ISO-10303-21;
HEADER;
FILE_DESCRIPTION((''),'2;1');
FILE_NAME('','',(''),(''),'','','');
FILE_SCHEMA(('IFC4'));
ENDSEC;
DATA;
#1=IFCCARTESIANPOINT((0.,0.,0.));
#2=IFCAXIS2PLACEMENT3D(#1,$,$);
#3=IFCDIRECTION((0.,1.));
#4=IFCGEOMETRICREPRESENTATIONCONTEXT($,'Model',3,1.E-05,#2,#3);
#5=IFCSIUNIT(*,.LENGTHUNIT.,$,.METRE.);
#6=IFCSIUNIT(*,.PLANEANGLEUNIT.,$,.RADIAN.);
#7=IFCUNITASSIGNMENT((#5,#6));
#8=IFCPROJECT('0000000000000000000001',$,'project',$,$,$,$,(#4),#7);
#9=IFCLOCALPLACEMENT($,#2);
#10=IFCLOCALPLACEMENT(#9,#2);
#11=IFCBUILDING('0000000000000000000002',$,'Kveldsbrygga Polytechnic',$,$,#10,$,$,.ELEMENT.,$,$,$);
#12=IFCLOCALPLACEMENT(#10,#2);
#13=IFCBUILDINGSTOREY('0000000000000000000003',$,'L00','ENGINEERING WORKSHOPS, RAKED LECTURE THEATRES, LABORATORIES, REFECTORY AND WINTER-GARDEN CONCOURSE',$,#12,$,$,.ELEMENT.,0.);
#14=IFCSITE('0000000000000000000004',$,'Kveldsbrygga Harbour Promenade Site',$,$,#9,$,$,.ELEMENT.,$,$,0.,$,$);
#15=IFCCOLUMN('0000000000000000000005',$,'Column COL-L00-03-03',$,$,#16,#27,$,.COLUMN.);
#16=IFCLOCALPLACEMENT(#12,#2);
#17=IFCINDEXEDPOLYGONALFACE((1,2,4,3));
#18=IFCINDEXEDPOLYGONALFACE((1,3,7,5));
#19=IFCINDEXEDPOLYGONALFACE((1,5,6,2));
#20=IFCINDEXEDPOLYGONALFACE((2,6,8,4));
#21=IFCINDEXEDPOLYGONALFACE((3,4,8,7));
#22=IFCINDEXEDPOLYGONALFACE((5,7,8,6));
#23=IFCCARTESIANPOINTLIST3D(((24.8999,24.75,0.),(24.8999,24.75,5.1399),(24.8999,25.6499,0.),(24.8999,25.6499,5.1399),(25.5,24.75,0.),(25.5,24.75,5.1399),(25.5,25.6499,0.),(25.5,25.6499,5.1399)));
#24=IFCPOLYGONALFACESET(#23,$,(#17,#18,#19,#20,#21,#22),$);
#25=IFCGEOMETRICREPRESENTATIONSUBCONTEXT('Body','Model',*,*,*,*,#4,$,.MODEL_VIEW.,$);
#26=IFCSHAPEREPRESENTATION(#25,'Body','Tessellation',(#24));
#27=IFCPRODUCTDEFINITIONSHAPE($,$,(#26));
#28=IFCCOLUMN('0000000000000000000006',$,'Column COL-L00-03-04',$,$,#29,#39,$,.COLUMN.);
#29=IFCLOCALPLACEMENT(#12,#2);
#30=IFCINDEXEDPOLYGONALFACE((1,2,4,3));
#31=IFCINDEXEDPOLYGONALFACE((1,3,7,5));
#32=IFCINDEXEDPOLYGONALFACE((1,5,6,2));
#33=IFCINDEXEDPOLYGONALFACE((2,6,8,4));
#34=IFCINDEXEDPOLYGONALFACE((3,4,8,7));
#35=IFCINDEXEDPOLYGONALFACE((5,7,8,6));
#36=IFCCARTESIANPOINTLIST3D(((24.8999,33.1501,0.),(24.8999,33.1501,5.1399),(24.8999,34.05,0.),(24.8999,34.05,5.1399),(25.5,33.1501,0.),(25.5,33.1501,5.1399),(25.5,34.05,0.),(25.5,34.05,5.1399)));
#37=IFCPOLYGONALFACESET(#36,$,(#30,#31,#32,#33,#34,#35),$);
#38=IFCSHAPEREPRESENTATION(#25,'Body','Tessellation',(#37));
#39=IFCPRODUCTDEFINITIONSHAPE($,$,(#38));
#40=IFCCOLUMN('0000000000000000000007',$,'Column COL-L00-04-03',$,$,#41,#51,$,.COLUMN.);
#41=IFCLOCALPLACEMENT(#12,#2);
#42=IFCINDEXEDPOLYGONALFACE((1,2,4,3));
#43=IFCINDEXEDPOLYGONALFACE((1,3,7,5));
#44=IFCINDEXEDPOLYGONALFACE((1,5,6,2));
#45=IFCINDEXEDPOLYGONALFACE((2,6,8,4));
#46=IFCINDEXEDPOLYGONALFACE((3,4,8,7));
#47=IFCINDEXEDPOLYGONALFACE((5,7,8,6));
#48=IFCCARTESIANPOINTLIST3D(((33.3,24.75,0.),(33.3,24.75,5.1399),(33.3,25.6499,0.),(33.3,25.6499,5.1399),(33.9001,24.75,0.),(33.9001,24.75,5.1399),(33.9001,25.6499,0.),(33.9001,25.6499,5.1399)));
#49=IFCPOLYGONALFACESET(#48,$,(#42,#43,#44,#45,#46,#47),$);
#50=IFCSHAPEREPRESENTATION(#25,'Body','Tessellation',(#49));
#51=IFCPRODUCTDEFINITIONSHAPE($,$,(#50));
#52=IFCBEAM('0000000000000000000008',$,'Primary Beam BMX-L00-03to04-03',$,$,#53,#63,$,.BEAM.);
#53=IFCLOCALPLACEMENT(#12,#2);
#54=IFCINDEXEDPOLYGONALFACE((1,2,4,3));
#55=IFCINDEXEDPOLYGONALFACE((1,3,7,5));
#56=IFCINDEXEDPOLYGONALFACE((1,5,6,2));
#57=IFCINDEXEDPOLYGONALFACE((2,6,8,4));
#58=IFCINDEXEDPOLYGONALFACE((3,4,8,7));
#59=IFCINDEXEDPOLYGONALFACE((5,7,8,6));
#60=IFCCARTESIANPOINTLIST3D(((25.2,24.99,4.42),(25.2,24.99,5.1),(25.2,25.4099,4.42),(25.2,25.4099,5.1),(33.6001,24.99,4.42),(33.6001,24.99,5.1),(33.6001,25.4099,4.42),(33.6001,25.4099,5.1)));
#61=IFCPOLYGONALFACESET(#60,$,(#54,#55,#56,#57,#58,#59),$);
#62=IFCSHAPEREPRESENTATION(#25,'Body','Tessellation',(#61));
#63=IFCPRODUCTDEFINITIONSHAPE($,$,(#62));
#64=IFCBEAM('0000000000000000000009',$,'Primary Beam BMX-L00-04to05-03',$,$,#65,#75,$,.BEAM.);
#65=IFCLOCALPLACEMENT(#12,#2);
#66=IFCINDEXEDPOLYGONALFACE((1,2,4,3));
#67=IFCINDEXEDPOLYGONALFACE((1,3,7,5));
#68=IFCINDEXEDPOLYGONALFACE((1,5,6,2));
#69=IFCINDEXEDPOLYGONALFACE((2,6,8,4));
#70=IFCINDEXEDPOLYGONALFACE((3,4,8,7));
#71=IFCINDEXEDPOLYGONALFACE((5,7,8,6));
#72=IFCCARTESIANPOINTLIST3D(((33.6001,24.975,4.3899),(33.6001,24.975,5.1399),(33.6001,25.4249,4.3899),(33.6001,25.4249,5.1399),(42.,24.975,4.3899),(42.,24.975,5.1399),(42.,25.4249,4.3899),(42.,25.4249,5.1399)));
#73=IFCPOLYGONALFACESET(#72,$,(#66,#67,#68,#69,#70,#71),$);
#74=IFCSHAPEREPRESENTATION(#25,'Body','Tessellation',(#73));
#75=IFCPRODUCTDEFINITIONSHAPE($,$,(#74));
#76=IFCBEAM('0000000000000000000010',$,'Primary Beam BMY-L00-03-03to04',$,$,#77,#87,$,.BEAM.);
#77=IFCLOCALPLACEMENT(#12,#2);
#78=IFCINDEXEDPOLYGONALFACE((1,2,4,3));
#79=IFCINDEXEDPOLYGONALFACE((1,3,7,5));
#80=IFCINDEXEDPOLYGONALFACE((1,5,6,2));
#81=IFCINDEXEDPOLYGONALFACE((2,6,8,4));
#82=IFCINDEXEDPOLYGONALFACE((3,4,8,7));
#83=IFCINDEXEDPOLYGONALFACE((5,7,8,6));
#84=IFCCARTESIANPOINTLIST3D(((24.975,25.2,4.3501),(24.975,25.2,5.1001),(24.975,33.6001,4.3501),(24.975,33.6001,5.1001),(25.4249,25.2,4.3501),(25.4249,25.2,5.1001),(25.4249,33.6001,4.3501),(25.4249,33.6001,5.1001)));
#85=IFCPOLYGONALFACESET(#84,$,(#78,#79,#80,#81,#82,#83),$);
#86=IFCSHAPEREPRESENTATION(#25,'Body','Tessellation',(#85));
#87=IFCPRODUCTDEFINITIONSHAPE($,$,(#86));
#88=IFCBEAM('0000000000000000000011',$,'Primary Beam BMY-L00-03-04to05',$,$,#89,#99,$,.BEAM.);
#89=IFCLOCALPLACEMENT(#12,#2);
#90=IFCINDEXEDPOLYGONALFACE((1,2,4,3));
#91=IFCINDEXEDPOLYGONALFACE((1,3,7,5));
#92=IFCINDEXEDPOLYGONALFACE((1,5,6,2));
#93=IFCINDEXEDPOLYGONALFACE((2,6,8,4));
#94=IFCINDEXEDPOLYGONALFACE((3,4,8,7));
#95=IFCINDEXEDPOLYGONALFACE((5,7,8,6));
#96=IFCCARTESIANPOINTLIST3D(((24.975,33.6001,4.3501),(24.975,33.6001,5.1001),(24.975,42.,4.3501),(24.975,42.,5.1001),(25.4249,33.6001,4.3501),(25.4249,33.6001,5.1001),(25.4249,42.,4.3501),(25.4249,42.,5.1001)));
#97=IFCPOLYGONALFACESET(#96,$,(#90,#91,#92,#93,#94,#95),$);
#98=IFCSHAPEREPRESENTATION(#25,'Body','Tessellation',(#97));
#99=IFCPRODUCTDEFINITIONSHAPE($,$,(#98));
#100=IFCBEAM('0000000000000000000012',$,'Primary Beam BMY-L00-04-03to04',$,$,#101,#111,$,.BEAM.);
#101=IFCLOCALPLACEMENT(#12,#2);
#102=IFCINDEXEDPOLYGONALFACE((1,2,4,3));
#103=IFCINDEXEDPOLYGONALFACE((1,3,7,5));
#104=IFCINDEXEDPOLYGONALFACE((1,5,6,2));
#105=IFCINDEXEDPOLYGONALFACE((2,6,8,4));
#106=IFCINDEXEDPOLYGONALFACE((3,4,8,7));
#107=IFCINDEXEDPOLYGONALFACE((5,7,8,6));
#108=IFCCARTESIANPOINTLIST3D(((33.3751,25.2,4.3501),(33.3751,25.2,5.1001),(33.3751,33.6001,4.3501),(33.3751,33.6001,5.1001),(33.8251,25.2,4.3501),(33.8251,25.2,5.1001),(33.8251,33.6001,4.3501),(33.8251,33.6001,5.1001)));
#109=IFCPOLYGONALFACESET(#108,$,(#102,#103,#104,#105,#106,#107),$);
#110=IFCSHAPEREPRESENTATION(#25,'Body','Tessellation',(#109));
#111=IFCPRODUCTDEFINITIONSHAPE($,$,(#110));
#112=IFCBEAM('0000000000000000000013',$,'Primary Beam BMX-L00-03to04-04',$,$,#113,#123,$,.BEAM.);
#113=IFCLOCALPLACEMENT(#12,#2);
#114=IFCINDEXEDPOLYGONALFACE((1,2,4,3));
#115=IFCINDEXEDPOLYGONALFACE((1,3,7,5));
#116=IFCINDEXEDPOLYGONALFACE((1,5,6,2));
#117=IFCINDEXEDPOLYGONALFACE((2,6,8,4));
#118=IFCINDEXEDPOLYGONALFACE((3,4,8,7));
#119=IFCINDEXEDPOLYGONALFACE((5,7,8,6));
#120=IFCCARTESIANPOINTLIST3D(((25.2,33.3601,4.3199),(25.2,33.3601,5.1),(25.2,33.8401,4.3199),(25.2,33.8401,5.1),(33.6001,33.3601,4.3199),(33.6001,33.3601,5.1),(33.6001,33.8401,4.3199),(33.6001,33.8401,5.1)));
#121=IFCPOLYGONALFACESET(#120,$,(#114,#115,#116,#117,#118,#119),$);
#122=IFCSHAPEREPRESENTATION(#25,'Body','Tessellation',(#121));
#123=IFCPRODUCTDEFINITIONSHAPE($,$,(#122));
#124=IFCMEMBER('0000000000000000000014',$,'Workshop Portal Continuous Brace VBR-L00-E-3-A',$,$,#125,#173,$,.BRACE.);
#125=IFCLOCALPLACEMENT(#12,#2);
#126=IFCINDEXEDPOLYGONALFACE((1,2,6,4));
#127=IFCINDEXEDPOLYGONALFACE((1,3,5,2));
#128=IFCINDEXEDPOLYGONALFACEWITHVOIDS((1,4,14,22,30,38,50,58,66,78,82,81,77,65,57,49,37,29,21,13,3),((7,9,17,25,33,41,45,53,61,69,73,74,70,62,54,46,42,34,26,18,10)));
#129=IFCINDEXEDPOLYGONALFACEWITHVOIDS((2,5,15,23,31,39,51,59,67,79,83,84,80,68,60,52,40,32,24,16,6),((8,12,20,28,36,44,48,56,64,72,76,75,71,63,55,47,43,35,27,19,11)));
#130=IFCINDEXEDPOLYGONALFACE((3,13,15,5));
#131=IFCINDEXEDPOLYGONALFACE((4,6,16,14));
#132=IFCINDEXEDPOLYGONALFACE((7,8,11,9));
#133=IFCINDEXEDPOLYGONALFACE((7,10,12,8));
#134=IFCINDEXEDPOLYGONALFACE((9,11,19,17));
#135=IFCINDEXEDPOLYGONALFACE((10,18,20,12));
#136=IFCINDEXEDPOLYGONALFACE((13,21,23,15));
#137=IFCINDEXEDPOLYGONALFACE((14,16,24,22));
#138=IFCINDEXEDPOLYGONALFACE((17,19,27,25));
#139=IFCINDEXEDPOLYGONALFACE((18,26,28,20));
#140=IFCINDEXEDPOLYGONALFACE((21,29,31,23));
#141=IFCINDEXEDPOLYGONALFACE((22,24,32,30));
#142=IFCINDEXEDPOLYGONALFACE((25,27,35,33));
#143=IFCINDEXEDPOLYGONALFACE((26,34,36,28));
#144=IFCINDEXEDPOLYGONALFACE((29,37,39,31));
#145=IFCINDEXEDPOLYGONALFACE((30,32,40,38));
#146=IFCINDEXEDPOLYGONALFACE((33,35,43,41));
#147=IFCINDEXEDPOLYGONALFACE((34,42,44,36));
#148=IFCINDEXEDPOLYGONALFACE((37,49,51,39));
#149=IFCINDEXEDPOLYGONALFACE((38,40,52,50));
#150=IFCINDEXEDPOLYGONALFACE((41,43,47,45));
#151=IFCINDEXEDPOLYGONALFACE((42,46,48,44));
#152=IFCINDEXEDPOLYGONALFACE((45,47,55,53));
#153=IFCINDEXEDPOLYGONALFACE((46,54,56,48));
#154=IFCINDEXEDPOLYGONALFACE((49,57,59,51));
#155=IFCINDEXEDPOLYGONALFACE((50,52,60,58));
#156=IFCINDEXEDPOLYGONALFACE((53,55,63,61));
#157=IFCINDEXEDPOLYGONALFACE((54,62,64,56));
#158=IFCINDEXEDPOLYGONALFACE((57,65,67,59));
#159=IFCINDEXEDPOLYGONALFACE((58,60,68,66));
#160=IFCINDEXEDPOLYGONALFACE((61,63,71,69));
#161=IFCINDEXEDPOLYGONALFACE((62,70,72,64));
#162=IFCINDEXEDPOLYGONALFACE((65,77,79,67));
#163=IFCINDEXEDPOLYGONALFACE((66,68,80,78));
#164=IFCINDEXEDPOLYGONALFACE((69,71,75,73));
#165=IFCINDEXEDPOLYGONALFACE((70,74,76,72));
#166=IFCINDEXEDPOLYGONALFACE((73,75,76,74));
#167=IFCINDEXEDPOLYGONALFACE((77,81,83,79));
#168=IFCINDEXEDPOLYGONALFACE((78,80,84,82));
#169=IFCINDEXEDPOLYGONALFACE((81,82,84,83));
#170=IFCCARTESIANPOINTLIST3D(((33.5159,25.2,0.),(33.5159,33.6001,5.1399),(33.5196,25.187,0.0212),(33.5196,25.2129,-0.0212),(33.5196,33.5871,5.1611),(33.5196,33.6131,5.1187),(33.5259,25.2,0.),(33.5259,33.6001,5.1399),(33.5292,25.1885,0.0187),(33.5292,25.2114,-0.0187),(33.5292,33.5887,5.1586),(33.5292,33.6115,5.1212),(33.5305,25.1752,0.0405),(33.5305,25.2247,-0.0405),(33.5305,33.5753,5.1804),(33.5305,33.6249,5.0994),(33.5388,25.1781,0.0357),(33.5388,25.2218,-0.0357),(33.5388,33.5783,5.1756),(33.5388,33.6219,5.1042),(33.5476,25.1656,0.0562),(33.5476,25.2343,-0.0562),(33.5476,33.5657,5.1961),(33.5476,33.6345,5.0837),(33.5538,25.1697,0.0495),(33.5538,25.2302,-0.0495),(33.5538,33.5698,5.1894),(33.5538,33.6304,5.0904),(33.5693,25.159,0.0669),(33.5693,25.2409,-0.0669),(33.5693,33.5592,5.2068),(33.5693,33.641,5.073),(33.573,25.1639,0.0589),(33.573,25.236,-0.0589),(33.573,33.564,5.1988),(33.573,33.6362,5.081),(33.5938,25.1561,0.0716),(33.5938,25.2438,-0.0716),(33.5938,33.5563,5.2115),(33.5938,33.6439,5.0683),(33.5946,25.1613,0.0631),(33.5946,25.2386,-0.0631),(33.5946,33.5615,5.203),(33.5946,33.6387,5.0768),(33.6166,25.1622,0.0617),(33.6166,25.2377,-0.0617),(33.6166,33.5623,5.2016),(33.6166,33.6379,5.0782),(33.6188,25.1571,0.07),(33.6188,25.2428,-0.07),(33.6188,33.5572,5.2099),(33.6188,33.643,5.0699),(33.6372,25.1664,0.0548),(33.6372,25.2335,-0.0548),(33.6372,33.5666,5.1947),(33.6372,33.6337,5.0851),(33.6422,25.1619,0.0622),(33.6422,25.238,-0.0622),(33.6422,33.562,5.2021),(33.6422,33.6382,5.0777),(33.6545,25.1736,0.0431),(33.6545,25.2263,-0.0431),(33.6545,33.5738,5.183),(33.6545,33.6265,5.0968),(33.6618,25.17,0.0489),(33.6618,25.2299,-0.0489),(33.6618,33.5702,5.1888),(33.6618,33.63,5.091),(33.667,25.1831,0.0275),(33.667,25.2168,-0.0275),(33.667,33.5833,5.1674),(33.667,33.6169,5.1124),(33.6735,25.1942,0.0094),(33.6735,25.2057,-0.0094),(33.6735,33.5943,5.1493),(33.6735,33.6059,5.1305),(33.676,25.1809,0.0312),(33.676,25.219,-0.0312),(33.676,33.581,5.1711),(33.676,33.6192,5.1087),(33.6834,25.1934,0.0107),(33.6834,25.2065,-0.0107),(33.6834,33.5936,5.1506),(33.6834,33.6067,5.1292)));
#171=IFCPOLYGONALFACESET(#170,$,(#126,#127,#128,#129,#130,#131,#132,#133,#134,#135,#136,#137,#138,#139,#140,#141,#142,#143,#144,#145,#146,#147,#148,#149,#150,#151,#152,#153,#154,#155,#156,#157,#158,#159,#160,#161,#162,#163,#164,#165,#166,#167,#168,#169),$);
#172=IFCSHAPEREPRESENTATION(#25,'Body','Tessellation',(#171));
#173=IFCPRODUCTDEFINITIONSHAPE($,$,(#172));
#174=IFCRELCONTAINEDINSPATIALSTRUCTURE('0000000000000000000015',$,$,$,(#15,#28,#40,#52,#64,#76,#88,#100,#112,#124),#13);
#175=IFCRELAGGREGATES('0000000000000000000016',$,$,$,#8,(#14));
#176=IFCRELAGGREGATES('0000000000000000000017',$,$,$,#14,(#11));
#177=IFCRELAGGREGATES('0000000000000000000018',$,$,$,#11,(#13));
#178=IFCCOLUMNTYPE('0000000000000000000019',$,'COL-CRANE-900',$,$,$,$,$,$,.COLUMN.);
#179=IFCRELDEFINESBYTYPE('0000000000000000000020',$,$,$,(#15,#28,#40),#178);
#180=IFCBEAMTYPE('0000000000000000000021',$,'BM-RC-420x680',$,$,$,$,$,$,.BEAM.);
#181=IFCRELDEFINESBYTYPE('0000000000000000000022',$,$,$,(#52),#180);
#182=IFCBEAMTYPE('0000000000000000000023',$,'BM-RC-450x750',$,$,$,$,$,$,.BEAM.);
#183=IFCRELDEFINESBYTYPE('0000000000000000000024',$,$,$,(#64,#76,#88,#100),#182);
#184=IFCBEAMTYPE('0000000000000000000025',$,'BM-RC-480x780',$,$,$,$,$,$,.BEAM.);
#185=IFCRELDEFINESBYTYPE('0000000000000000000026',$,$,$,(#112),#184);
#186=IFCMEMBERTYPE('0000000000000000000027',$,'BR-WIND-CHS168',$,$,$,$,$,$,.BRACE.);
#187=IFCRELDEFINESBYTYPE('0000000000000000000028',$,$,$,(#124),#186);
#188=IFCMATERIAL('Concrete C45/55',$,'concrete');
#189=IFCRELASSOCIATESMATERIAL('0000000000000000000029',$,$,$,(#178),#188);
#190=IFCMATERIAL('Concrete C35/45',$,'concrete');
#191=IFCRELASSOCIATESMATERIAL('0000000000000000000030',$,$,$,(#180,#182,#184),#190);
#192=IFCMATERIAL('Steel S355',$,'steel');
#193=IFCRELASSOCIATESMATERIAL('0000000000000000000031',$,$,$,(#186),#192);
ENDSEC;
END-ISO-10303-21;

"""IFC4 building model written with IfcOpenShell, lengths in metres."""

from ifc_helpers import new_model, si_unit, direction, frame, origin, origin_2d, place, context, subcontext, project, spatial, rectangle, hollow_circle, extrude, material, material_profile, profile_set, type_object, element, save


model = new_model("IFC4")

# Units and contexts
model_context = context("Model", 3, precision=1e-05, world=origin(), true_north=direction((0.0, 1.0)))
body_context = subcontext(model_context, "Body", "Model", "MODEL_VIEW")
ifc_project = project(units=[si_unit("LENGTHUNIT", "METRE"), si_unit("PLANEANGLEUNIT", "RADIAN")], contexts=[model_context])

# Site, building, storey
site_placement = place(None, origin())
site = spatial("IfcSite", under=ifc_project, at=site_placement, Name="Kveldsbrygga Harbour Promenade Site", CompositionType="ELEMENT", RefElevation=0.0)
building_placement = place(site_placement, origin())
building = spatial("IfcBuilding", under=site, at=building_placement, Name="Kveldsbrygga Polytechnic", CompositionType="ELEMENT")
storey_placement = place(building_placement, origin())
storey = spatial("IfcBuildingStorey", under=building, at=storey_placement, Name="L00", Description="ENGINEERING WORKSHOPS, RAKED LECTURE THEATRES, LABORATORIES, REFECTORY AND WINTER-GARDEN CONCOURSE", CompositionType="ELEMENT", Elevation=0.0)

# Columns
ifc_material_1 = material(Name="Concrete C45/55", Category="concrete")
ifc_material_profile_1 = material_profile(ifc_material_1, rectangle(XDim=0.6001, YDim=0.8999, at=origin_2d()), Name="RC 600x900")
ifc_profile_set_1 = profile_set([ifc_material_profile_1], Name="Concrete C45/55")
column_type = type_object("IfcColumnType", Name="COL-CRANE-900", PredefinedType="COLUMN", material=ifc_profile_set_1)
for number, where, z_axis, x_axis, name in (
    (1, (25.2, 25.2, 0.0), (0.0, 0.0, 1.0), (1.0, 0.0, 0.0), "Column COL-L00-03-03"),
    (2, (25.2, 33.6001, 0.0), (0.0, 0.0, 1.0), (1.0, 0.0, 0.0), "Column COL-L00-03-04"),
    (3, (33.6001, 25.2, 0.0), (0.0, 0.0, 1.0), (1.0, 0.0, 0.0), "Column COL-L00-04-03"),
):
    element("IfcColumn", number, at=place(storey_placement, frame(where, z_axis=z_axis, x_axis=x_axis)), inside=storey, type_object=column_type, Name=name, PredefinedType="COLUMN", context=body_context, shape_type="SweptSolid", body=[
        extrude(rectangle(XDim=0.6001, YDim=0.8999, at=origin_2d()), origin(), (0.0, 0.0, 1.0), 5.1399),
    ])

# Beams
ifc_material_2 = material(Name="Concrete C35/45", Category="concrete")
ifc_material_profile_2 = material_profile(ifc_material_2, rectangle(XDim=0.4199, YDim=0.6799, at=origin_2d()), Name="RC 420x680")
ifc_profile_set_2 = profile_set([ifc_material_profile_2], Name="Concrete C35/45")
beam_type_1 = type_object("IfcBeamType", Name="BM-RC-420x680", PredefinedType="BEAM", material=ifc_profile_set_2)
beam_1_placement = place(storey_placement, frame((25.2, 25.2, 4.76), z_axis=(1.0, 0.0, 0.0), x_axis=(0.0, 1.0, 0.0)))
element("IfcBeam", 4, at=beam_1_placement, inside=storey, type_object=beam_type_1, Name="Primary Beam BMX-L00-03to04-03", PredefinedType="BEAM", context=body_context, shape_type="SweptSolid", body=[
    extrude(rectangle(XDim=0.4199, YDim=0.6799, at=origin_2d()), origin(), (0.0, 0.0, 1.0), 8.4001),
])
ifc_material_profile_3 = material_profile(ifc_material_2, rectangle(XDim=0.45, YDim=0.75, at=origin_2d()), Name="RC 450x750")
ifc_profile_set_3 = profile_set([ifc_material_profile_3], Name="Concrete C35/45")
beam_type_2 = type_object("IfcBeamType", Name="BM-RC-450x750", PredefinedType="BEAM", material=ifc_profile_set_3)
beam_2_placement = place(storey_placement, frame((33.6001, 25.2, 4.7649), z_axis=(1.0, 0.0, 0.0), x_axis=(0.0, 1.0, 0.0)))
element("IfcBeam", 5, at=beam_2_placement, inside=storey, type_object=beam_type_2, Name="Primary Beam BMX-L00-04to05-03", PredefinedType="BEAM", context=body_context, shape_type="SweptSolid", body=[
    extrude(rectangle(XDim=0.45, YDim=0.75, at=origin_2d()), origin(), (0.0, 0.0, 1.0), 8.3999),
])
beam_3_placement = place(storey_placement, frame((25.2, 25.2, 4.7251), z_axis=(0.0, 1.0, 0.0), x_axis=(-1.0, 0.0, 0.0)))
element("IfcBeam", 6, at=beam_3_placement, inside=storey, type_object=beam_type_2, Name="Primary Beam BMY-L00-03-03to04", PredefinedType="BEAM", context=body_context, shape_type="SweptSolid", body=[
    extrude(rectangle(XDim=0.45, YDim=0.75, at=origin_2d()), origin(), (0.0, 0.0, 1.0), 8.4001),
])
beam_4_placement = place(storey_placement, frame((25.2, 33.6001, 4.7251), z_axis=(0.0, 1.0, 0.0), x_axis=(-1.0, 0.0, 0.0)))
element("IfcBeam", 7, at=beam_4_placement, inside=storey, type_object=beam_type_2, Name="Primary Beam BMY-L00-03-04to05", PredefinedType="BEAM", context=body_context, shape_type="SweptSolid", body=[
    extrude(rectangle(XDim=0.45, YDim=0.75, at=origin_2d()), origin(), (0.0, 0.0, 1.0), 8.3999),
])
beam_5_placement = place(storey_placement, frame((33.6001, 25.2, 4.7251), z_axis=(0.0, 1.0, 0.0), x_axis=(-1.0, 0.0, 0.0)))
element("IfcBeam", 8, at=beam_5_placement, inside=storey, type_object=beam_type_2, Name="Primary Beam BMY-L00-04-03to04", PredefinedType="BEAM", context=body_context, shape_type="SweptSolid", body=[
    extrude(rectangle(XDim=0.45, YDim=0.75, at=origin_2d()), origin(), (0.0, 0.0, 1.0), 8.4001),
])
ifc_material_profile_4 = material_profile(ifc_material_2, rectangle(XDim=0.48, YDim=0.78, at=origin_2d()), Name="RC 480x780")
ifc_profile_set_4 = profile_set([ifc_material_profile_4], Name="Concrete C35/45")
beam_type_3 = type_object("IfcBeamType", Name="BM-RC-480x780", PredefinedType="BEAM", material=ifc_profile_set_4)
beam_6_placement = place(storey_placement, frame((25.2, 33.6001, 4.71), z_axis=(1.0, 0.0, 0.0), x_axis=(0.0, 1.0, 0.0)))
element("IfcBeam", 9, at=beam_6_placement, inside=storey, type_object=beam_type_3, Name="Primary Beam BMX-L00-03to04-04", PredefinedType="BEAM", context=body_context, shape_type="SweptSolid", body=[
    extrude(rectangle(XDim=0.48, YDim=0.78, at=origin_2d()), origin(), (0.0, 0.0, 1.0), 8.4001),
])

# Member
ifc_material_3 = material(Name="Steel S355", Category="steel")
ifc_material_profile_5 = material_profile(ifc_material_3, hollow_circle(Radius=0.0842, WallThickness=0.01, at=origin_2d()), Name="CHS 168.3x10.0")
ifc_profile_set_5 = profile_set([ifc_material_profile_5], Name="Steel S355")
member_type_1 = type_object("IfcMemberType", Name="BR-WIND-CHS168", PredefinedType="BRACE", material=ifc_profile_set_5)
member_1_placement = place(storey_placement, frame((33.6001, 25.2, 0.0), z_axis=(0.0, 0.852989, 0.521928), x_axis=(-1.0, 0.0, 0.0)))
element("IfcMember", 10, at=member_1_placement, inside=storey, type_object=member_type_1, Name="Workshop Portal Continuous Brace VBR-L00-E-3-A", PredefinedType="BRACE", context=body_context, shape_type="SweptSolid", body=[
    extrude(hollow_circle(Radius=0.0842, WallThickness=0.01, at=origin_2d()), origin(), (0.0, 0.0, 1.0), 9.8479),
])

save(model, "model.ifc")
